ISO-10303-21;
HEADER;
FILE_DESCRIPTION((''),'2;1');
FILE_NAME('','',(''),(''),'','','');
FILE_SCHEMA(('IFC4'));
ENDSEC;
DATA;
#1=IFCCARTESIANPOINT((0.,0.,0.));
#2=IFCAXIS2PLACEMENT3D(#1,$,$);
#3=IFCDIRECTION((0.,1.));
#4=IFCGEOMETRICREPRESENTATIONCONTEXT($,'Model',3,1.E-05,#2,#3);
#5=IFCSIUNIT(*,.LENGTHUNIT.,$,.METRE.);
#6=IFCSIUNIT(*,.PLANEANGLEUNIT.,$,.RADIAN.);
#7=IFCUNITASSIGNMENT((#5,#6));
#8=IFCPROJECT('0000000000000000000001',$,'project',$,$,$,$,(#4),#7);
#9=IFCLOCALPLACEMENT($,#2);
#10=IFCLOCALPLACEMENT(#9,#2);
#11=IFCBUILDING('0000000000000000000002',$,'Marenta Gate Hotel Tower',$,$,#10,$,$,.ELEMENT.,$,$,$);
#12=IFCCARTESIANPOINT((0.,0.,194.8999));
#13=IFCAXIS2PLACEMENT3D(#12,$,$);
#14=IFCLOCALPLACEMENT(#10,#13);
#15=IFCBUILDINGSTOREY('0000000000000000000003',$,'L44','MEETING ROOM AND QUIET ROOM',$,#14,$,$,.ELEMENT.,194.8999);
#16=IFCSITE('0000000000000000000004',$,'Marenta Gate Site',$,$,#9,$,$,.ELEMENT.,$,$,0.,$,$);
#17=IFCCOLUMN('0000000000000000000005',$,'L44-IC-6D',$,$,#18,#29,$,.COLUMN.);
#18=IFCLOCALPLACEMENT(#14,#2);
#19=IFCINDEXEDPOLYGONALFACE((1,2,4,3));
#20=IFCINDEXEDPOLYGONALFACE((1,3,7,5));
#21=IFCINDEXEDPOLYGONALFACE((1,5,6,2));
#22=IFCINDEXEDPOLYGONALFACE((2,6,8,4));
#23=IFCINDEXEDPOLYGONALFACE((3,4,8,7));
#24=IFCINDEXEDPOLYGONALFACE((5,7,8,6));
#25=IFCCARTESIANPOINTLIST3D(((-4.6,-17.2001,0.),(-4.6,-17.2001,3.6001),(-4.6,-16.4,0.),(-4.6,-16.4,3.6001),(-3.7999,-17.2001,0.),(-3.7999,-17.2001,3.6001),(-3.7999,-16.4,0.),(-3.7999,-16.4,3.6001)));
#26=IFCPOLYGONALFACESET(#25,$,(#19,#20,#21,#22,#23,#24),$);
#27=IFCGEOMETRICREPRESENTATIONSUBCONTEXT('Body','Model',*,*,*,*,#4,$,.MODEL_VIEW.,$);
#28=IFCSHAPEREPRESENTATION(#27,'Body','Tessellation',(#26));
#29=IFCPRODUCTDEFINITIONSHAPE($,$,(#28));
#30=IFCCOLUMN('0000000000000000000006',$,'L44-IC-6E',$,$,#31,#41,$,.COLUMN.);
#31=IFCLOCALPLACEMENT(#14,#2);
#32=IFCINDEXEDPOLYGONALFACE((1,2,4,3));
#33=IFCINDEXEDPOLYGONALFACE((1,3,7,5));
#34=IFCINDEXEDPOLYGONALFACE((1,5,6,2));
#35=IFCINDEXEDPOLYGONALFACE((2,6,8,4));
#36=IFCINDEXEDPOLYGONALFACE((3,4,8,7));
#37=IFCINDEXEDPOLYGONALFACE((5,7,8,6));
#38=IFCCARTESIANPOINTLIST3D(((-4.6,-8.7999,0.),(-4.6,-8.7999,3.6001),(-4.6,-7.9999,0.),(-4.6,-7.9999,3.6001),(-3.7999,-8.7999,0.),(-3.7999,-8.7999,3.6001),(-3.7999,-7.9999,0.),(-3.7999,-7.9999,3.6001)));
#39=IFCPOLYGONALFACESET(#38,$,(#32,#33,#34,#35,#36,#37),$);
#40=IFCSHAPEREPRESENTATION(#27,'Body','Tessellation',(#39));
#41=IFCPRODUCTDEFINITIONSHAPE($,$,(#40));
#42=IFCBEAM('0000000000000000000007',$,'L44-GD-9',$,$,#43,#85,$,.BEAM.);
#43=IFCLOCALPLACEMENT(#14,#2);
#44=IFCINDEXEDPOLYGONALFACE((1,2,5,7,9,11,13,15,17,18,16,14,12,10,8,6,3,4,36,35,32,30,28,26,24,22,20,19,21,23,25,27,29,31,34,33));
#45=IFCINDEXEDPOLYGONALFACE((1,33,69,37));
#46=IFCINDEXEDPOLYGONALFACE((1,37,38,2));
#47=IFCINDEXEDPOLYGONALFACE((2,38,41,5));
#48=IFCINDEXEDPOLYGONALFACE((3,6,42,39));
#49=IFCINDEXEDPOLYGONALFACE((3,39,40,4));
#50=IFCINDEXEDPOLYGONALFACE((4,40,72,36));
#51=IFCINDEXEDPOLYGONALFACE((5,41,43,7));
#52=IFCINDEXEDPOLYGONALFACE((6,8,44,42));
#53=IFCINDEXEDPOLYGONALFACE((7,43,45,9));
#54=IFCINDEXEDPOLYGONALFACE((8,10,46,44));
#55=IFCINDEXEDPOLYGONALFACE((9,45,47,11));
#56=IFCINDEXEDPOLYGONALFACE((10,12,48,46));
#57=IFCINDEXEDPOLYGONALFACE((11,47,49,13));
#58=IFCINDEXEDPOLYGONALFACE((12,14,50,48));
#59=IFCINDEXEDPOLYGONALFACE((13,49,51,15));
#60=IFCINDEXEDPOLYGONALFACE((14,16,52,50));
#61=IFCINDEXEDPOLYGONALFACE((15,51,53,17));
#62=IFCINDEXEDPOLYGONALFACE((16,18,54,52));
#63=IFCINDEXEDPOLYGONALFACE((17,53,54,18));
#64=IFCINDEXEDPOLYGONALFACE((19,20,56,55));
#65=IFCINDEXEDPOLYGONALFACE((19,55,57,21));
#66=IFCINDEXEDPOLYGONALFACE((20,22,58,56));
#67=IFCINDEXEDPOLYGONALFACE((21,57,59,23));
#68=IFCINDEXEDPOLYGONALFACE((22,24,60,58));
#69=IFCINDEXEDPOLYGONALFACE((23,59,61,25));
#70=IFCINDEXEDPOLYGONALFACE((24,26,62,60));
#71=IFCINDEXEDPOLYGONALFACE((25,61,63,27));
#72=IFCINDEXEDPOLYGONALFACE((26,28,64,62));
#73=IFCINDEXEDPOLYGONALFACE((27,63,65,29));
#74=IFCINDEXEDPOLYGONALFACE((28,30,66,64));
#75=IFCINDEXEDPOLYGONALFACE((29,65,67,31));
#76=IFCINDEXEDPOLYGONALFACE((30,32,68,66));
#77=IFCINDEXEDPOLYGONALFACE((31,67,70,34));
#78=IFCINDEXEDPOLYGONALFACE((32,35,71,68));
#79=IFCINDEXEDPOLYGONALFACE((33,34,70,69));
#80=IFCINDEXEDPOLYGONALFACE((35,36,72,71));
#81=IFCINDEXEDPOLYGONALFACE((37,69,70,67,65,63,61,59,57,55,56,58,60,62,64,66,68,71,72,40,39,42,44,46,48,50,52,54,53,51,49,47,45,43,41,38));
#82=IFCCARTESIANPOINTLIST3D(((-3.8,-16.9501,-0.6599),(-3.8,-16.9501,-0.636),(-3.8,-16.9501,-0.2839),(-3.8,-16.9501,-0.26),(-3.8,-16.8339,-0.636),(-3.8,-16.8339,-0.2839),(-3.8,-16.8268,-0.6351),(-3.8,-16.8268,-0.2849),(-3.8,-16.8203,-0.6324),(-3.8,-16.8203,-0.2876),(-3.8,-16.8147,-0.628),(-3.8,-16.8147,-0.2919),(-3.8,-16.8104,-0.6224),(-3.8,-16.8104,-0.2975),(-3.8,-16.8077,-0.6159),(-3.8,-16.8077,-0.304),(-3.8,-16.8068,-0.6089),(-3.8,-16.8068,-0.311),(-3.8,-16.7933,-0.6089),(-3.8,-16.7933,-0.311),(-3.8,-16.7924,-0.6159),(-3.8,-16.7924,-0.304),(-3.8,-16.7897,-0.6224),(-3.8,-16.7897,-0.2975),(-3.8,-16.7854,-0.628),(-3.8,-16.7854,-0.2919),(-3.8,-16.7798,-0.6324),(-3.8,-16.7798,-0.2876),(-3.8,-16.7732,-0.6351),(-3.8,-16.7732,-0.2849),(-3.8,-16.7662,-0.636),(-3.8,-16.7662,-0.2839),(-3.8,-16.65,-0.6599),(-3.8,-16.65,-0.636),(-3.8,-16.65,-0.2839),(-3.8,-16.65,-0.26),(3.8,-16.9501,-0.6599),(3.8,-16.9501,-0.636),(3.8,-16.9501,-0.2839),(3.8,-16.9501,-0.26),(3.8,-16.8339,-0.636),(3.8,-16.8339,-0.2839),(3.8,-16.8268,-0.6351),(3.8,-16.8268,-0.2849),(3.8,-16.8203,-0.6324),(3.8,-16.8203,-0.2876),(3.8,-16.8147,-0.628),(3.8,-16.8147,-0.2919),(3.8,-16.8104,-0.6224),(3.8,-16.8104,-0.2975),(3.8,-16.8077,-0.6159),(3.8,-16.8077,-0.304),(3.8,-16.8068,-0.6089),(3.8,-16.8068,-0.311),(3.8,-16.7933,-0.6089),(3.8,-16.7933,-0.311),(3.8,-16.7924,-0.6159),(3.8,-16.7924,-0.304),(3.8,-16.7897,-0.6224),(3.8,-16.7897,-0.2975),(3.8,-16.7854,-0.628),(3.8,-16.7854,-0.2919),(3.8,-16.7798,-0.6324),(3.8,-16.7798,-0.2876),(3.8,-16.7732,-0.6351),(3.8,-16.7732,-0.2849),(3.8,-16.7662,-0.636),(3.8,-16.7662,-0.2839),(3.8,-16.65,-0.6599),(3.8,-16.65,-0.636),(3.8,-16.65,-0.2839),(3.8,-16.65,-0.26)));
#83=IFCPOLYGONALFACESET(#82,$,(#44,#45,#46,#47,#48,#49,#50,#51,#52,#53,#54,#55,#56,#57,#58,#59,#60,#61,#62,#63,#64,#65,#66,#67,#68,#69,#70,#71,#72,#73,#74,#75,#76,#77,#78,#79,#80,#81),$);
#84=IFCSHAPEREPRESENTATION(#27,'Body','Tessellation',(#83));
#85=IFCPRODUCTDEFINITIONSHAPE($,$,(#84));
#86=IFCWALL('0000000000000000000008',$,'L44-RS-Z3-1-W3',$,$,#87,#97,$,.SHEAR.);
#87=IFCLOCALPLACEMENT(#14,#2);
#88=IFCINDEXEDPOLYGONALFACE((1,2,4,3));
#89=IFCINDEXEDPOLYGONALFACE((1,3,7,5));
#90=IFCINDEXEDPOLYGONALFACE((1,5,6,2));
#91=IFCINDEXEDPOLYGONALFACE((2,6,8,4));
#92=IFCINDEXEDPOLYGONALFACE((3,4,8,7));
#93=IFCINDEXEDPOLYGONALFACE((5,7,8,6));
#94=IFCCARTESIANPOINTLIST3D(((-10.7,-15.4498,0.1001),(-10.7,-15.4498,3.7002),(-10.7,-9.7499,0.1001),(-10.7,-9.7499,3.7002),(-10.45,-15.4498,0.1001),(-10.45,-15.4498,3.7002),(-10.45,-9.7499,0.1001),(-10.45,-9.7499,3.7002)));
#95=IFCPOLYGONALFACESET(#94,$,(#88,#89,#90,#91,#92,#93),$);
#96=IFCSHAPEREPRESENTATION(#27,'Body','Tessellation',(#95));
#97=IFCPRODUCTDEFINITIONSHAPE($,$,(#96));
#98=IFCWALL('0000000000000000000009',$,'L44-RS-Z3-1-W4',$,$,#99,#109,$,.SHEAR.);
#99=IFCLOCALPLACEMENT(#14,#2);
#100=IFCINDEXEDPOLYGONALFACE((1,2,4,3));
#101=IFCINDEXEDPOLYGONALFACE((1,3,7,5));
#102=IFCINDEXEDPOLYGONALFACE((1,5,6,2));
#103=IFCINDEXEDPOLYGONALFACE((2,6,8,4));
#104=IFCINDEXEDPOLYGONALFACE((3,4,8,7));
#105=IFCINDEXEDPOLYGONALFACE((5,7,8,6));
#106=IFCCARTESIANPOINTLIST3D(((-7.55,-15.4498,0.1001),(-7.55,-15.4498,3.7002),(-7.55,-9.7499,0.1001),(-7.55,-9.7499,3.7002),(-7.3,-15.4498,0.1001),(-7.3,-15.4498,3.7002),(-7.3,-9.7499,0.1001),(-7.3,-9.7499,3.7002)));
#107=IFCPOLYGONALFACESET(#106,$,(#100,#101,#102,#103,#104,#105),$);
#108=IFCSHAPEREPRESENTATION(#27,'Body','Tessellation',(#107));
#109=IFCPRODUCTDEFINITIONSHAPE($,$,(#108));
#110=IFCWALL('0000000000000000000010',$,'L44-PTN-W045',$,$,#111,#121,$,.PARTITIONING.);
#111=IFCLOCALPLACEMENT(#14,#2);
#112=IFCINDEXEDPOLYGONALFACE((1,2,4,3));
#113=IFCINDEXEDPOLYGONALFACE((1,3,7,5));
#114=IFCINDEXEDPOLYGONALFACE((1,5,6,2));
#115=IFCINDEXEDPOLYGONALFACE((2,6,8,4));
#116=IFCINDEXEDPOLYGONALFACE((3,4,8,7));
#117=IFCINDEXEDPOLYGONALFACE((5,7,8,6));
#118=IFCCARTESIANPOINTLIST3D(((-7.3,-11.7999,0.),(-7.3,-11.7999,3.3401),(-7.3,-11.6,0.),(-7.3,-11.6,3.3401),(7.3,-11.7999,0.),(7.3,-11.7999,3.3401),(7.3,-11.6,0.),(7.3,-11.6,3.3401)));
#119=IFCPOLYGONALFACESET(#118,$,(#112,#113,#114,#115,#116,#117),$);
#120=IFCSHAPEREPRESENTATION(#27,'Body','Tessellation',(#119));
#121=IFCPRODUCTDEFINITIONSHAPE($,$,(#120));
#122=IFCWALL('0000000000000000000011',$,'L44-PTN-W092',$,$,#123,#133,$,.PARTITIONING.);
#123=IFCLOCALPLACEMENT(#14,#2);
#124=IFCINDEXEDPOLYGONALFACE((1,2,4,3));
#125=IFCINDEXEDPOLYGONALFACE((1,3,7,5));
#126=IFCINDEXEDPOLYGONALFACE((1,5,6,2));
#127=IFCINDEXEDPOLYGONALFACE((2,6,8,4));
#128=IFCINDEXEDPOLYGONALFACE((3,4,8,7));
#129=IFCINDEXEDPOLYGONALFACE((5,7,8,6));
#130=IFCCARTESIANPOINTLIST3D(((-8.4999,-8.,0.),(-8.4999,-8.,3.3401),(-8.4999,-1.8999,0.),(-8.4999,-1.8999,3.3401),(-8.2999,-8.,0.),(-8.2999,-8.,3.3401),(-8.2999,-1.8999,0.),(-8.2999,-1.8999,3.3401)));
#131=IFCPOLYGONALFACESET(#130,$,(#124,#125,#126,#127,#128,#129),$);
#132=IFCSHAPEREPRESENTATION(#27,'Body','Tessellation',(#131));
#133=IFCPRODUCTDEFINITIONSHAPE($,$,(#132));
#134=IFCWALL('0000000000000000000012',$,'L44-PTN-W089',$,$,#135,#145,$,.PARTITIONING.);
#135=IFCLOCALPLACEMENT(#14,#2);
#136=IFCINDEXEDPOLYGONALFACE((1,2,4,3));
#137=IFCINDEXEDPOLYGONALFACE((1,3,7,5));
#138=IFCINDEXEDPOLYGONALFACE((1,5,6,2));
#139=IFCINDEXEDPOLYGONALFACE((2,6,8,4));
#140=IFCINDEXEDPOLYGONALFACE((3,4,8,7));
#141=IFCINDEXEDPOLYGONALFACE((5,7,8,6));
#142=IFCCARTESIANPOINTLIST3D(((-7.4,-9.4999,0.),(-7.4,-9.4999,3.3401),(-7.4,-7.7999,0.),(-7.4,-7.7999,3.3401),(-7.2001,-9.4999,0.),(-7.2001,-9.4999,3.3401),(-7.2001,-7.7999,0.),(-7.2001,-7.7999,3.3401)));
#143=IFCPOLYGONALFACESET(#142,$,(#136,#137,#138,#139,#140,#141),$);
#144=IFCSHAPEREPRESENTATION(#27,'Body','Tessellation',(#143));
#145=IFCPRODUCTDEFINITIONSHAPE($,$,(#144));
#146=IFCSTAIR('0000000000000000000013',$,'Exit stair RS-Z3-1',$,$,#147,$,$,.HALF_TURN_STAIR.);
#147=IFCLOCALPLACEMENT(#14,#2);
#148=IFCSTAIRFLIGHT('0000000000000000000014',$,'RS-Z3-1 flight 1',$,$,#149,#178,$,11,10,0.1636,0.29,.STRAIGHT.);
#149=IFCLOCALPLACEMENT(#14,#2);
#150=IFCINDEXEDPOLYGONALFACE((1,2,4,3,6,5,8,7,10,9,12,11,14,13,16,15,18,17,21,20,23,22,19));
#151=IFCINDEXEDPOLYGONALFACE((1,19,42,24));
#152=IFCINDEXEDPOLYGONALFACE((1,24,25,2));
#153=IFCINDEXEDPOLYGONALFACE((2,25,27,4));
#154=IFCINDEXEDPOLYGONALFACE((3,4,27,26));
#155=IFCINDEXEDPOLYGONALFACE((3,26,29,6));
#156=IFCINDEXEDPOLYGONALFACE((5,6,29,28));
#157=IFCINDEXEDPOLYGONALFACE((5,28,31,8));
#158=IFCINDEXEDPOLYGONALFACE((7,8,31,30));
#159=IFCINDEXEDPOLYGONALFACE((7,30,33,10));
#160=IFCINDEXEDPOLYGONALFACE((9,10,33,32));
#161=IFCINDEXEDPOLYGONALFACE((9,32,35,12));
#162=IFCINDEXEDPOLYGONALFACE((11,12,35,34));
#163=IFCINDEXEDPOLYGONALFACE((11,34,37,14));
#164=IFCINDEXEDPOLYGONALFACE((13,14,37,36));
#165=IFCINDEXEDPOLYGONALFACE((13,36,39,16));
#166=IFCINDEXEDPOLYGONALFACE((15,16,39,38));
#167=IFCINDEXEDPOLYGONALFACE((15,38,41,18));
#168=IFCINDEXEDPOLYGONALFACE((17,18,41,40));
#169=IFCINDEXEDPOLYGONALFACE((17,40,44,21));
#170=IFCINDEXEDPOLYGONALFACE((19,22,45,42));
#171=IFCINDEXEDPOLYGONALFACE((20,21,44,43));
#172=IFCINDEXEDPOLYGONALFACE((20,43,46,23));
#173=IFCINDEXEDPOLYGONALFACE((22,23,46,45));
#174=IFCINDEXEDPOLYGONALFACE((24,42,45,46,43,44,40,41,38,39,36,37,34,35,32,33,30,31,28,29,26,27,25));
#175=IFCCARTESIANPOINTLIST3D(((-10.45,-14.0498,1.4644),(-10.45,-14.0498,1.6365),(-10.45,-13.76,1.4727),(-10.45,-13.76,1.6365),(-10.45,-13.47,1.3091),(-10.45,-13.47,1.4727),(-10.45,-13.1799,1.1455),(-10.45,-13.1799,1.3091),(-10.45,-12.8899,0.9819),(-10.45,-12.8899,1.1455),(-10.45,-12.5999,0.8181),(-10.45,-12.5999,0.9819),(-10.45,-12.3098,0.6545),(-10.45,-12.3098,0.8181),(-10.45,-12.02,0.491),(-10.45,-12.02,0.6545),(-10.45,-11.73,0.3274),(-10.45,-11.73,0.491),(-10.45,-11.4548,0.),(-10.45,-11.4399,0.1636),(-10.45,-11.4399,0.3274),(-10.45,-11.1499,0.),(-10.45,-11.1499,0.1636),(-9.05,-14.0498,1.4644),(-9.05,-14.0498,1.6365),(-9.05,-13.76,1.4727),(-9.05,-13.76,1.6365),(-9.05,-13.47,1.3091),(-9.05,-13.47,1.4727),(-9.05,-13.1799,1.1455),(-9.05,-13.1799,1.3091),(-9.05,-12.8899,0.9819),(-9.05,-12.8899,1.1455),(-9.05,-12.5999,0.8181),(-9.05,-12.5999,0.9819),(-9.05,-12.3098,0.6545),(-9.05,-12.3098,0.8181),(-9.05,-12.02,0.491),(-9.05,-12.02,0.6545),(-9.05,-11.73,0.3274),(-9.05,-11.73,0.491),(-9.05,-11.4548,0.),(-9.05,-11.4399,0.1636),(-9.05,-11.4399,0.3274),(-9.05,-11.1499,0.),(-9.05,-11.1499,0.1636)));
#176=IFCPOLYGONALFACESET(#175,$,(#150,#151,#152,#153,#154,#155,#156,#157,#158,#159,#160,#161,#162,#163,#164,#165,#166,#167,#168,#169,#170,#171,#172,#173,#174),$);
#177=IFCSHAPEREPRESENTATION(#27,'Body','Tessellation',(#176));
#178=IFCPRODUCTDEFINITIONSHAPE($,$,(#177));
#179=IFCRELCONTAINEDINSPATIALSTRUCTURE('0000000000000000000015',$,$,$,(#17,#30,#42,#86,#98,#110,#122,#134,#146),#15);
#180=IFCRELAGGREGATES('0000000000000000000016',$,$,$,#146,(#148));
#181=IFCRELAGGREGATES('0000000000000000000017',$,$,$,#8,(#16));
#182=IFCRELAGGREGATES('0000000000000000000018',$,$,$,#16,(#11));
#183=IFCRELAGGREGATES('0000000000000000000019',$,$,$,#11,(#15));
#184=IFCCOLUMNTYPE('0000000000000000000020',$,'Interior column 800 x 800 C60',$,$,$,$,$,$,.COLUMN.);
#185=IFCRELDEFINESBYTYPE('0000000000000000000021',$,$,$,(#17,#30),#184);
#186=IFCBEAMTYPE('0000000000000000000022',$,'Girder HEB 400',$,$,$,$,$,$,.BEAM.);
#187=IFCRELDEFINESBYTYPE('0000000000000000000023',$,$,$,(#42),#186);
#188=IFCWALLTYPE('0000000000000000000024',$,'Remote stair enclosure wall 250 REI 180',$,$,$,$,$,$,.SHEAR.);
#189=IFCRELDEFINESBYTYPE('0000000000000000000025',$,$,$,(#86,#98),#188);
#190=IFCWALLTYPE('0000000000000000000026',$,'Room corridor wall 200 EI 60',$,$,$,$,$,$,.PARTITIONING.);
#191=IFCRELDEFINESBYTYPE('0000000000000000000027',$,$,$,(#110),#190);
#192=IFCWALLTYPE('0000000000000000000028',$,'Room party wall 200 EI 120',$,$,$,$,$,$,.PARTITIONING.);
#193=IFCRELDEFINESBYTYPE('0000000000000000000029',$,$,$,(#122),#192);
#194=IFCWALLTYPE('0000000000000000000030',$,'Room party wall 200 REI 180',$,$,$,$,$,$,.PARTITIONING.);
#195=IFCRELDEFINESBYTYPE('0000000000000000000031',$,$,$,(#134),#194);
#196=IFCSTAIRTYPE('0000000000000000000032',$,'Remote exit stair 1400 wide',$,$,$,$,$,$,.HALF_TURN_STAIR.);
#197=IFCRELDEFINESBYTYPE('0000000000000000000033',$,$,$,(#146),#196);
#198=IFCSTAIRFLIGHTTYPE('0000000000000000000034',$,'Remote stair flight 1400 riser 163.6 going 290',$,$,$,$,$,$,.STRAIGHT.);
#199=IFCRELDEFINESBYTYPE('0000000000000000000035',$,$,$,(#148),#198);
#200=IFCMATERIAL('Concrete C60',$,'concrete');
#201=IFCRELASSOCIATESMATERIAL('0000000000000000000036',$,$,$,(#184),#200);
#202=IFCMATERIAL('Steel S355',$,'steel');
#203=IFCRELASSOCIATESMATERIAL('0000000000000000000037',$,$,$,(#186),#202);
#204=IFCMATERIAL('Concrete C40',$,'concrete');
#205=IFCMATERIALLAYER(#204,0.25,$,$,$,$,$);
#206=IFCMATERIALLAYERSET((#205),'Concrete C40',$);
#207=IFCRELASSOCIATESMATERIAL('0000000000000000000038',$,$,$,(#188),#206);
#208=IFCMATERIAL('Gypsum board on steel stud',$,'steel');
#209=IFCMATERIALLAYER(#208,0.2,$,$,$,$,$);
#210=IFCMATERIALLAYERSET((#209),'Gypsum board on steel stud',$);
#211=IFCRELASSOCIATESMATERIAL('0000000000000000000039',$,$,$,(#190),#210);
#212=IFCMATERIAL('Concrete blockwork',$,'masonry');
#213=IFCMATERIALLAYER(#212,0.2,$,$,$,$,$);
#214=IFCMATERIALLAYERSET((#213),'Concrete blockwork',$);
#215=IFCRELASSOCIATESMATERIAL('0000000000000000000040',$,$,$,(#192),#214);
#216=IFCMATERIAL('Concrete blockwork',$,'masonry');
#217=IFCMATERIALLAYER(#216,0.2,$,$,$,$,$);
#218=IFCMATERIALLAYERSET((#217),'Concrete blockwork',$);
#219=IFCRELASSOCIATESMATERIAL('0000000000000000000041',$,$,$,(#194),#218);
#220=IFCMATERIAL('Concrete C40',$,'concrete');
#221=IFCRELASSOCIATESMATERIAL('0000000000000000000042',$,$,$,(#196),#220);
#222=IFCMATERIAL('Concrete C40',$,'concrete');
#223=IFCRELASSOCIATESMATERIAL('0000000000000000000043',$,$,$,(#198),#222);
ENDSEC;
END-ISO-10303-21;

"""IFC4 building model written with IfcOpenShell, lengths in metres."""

from ifc_helpers import new_model, si_unit, direction, frame, frame_2d, origin, origin_2d, place, context, subcontext, project, spatial, polyline, rectangle, i_section, outline, extrude, material, layer, layer_set, material_profile, profile_set, type_object, element, aggregate, save


model = new_model("IFC4")

# Units and contexts
model_context = context("Model", 3, precision=1e-05, world=origin(), true_north=direction((0.0, 1.0)))
body_context = subcontext(model_context, "Body", "Model", "MODEL_VIEW")
ifc_project = project(units=[si_unit("LENGTHUNIT", "METRE"), si_unit("PLANEANGLEUNIT", "RADIAN")], contexts=[model_context])

# Site, building, storey
site_placement = place(None, origin())
site = spatial("IfcSite", under=ifc_project, at=site_placement, Name="Marenta Gate Site", CompositionType="ELEMENT", RefElevation=0.0)
building_placement = place(site_placement, origin())
building = spatial("IfcBuilding", under=site, at=building_placement, Name="Marenta Gate Hotel Tower", CompositionType="ELEMENT")
storey_placement = place(building_placement, frame((0.0, 0.0, 194.8999)))
storey = spatial("IfcBuildingStorey", under=building, at=storey_placement, Name="L44", Description="MEETING ROOM AND QUIET ROOM", CompositionType="ELEMENT", Elevation=194.8999)

# Columns
ifc_material_1 = material(Name="Concrete C60", Category="concrete")
ifc_material_profile_1 = material_profile(ifc_material_1, rectangle(XDim=0.8, YDim=0.8, at=origin_2d()), Name="800 x 800")
ifc_profile_set_1 = profile_set([ifc_material_profile_1], Name="Concrete C60")
column_type = type_object("IfcColumnType", Name="Interior column 800 x 800 C60", PredefinedType="COLUMN", material=ifc_profile_set_1)
for number, where, z_axis, x_axis, name in (
    (1, (-4.2, -16.8, 0.0), (0.0, 0.0, 1.0), (1.0, 0.0, 0.0), "L44-IC-6D"),
    (2, (-4.2, -8.3999, 0.0), (0.0, 0.0, 1.0), (1.0, 0.0, 0.0), "L44-IC-6E"),
):
    element("IfcColumn", number, at=place(storey_placement, frame(where, z_axis=z_axis, x_axis=x_axis)), inside=storey, type_object=column_type, Name=name, PredefinedType="COLUMN", context=body_context, shape_type="SweptSolid", body=[
        extrude(rectangle(XDim=0.8, YDim=0.8, at=origin_2d()), origin(), (0.0, 0.0, 1.0), 3.6001),
    ])

# Beam
ifc_material_2 = material(Name="Steel S355", Category="steel")
ifc_material_profile_2 = material_profile(ifc_material_2, i_section(OverallWidth=0.3, OverallDepth=0.3999, WebThickness=0.0134, FlangeThickness=0.0239, FilletRadius=0.0271, at=origin_2d()), Name="HEB 400")
ifc_profile_set_2 = profile_set([ifc_material_profile_2], Name="Steel S355")
beam_type = type_object("IfcBeamType", Name="Girder HEB 400", PredefinedType="BEAM", material=ifc_profile_set_2)
beam_placement = place(storey_placement, frame((-3.8, -16.8, -0.46), z_axis=(1.0, 0.0, 0.0), x_axis=(0.0, 1.0, 0.0)))
element("IfcBeam", 3, at=beam_placement, inside=storey, type_object=beam_type, Name="L44-GD-9", PredefinedType="BEAM", context=body_context, shape_type="SweptSolid", body=[
    extrude(i_section(OverallWidth=0.3, OverallDepth=0.3999, WebThickness=0.0134, FlangeThickness=0.0239, FilletRadius=0.0271, at=origin_2d()), origin(), (0.0, 0.0, 1.0), 7.6001),
])

# Walls
ifc_material_3 = material(Name="Concrete C40", Category="concrete")
ifc_layer_1 = layer(ifc_material_3, 0.25)
ifc_layer_set_1 = layer_set([ifc_layer_1], Name="Concrete C40")
wall_type_1 = type_object("IfcWallType", Name="Remote stair enclosure wall 250 REI 180", PredefinedType="SHEAR", material=ifc_layer_set_1)
for number, where, z_axis, x_axis, name in (
    (4, (-10.575, -15.45, 0.1001), (0.0, 0.0, 1.0), (0.0, 1.0, 0.0), "L44-RS-Z3-1-W3"),
    (5, (-7.425, -15.45, 0.1001), (0.0, 0.0, 1.0), (0.0, 1.0, 0.0), "L44-RS-Z3-1-W4"),
):
    element("IfcWall", number, at=place(storey_placement, frame(where, z_axis=z_axis, x_axis=x_axis)), inside=storey, type_object=wall_type_1, Name=name, PredefinedType="SHEAR", context=body_context, shape_type="SweptSolid", body=[
        extrude(rectangle(XDim=5.7, YDim=0.25, at=frame_2d((2.8501, 0.0))), origin(), (0.0, 0.0, 1.0), 3.6001),
    ])

# Shared definitions
ifc_material_4 = material(Name="Gypsum board on steel stud", Category="steel")
ifc_layer_2 = layer(ifc_material_4, 0.2)
ifc_layer_set_2 = layer_set([ifc_layer_2], Name="Gypsum board on steel stud")
wall_type_2 = type_object("IfcWallType", Name="Room corridor wall 200 EI 60", PredefinedType="PARTITIONING", material=ifc_layer_set_2)

# Wall
wall_1_placement = place(storey_placement, frame((-7.3, -11.7, 0.0), z_axis=(0.0, 0.0, 1.0), x_axis=(1.0, 0.0, 0.0)))
element("IfcWall", 6, at=wall_1_placement, inside=storey, type_object=wall_type_2, Name="L44-PTN-W045", PredefinedType="PARTITIONING", context=body_context, shape_type="SweptSolid", body=[
    extrude(rectangle(XDim=14.6001, YDim=0.2, at=frame_2d((7.3, 0.0))), origin(), (0.0, 0.0, 1.0), 3.3401),
])

# Walls
ifc_material_5 = material(Name="Concrete blockwork", Category="masonry")
ifc_layer_3 = layer(ifc_material_5, 0.2)
ifc_layer_set_3 = layer_set([ifc_layer_3], Name="Concrete blockwork")
wall_type_3 = type_object("IfcWallType", Name="Room party wall 200 EI 120", PredefinedType="PARTITIONING", material=ifc_layer_set_3)
wall_2_placement = place(storey_placement, frame((-8.3999, -8.0, 0.0), z_axis=(0.0, 0.0, 1.0), x_axis=(0.0, 1.0, 0.0)))
element("IfcWall", 7, at=wall_2_placement, inside=storey, type_object=wall_type_3, Name="L44-PTN-W092", PredefinedType="PARTITIONING", context=body_context, shape_type="SweptSolid", body=[
    extrude(rectangle(XDim=6.1001, YDim=0.2, at=frame_2d((3.05, 0.0))), origin(), (0.0, 0.0, 1.0), 3.3401),
])
ifc_material_6 = material(Name="Concrete blockwork", Category="masonry")
ifc_layer_4 = layer(ifc_material_6, 0.2)
ifc_layer_set_4 = layer_set([ifc_layer_4], Name="Concrete blockwork")
wall_type_4 = type_object("IfcWallType", Name="Room party wall 200 REI 180", PredefinedType="PARTITIONING", material=ifc_layer_set_4)
wall_3_placement = place(storey_placement, frame((-7.3, -9.5, 0.0), z_axis=(0.0, 0.0, 1.0), x_axis=(0.0, 1.0, 0.0)))
element("IfcWall", 8, at=wall_3_placement, inside=storey, type_object=wall_type_4, Name="L44-PTN-W089", PredefinedType="PARTITIONING", context=body_context, shape_type="SweptSolid", body=[
    extrude(rectangle(XDim=1.7, YDim=0.2, at=frame_2d((0.8501, 0.0))), origin(), (0.0, 0.0, 1.0), 3.3401),
])

# Stair, stair flight
ifc_material_7 = material(Name="Concrete C40", Category="concrete")
stair_type = type_object("IfcStairType", Name="Remote exit stair 1400 wide", PredefinedType="HALF_TURN_STAIR", material=ifc_material_7)
stair_placement = place(storey_placement, origin())
stair = element("IfcStair", 9, at=stair_placement, inside=storey, type_object=stair_type, Name="Exit stair RS-Z3-1", PredefinedType="HALF_TURN_STAIR")
ifc_material_8 = material(Name="Concrete C40", Category="concrete")
stair_flight_type = type_object("IfcStairFlightType", Name="Remote stair flight 1400 riser 163.6 going 290", PredefinedType="STRAIGHT", material=ifc_material_8)
stair_flight_1_placement = place(storey_placement, frame((-9.75, -11.1499, 0.0), z_axis=(0.0, 0.0, 1.0), x_axis=(0.0, -1.0, 0.0)))
stair_flight_1 = element("IfcStairFlight", 10, at=stair_flight_1_placement, type_object=stair_flight_type, Name="RS-Z3-1 flight 1", NumberOfRisers=11, NumberOfTreads=10, PredefinedType="STRAIGHT", RiserHeight=0.1636, TreadLength=0.29, context=body_context, shape_type="SweptSolid", body=[
    extrude(outline(polyline([(0.0, 0.0), (0.0, 0.1636), (0.29, 0.1636), (0.29, 0.3274), (0.5801, 0.3274), (0.5801, 0.491), (0.8701, 0.491), (0.8701, 0.6545), (1.1599, 0.6545), (1.1599, 0.8181), (1.45, 0.8181), (1.45, 0.9819), (1.74, 0.9819), (1.74, 1.1455), (2.03, 1.1455), (2.03, 1.3091), (2.3201, 1.3091), (2.3201, 1.4727), (2.6101, 1.4727), (2.6101, 1.6365), (2.8999, 1.6365), (2.8999, 1.8), (2.8999, 1.4644), (0.3049, 0.0), (0.0, 0.0)])), frame((0.0, 0.7, 0.0), z_axis=(0.0, -1.0, 0.0), x_axis=(1.0, 0.0, 0.0)), (0.0, 0.0, 1.0), 1.3999),
])
aggregate(stair, [stair_flight_1])

save(model, "model.ifc")
